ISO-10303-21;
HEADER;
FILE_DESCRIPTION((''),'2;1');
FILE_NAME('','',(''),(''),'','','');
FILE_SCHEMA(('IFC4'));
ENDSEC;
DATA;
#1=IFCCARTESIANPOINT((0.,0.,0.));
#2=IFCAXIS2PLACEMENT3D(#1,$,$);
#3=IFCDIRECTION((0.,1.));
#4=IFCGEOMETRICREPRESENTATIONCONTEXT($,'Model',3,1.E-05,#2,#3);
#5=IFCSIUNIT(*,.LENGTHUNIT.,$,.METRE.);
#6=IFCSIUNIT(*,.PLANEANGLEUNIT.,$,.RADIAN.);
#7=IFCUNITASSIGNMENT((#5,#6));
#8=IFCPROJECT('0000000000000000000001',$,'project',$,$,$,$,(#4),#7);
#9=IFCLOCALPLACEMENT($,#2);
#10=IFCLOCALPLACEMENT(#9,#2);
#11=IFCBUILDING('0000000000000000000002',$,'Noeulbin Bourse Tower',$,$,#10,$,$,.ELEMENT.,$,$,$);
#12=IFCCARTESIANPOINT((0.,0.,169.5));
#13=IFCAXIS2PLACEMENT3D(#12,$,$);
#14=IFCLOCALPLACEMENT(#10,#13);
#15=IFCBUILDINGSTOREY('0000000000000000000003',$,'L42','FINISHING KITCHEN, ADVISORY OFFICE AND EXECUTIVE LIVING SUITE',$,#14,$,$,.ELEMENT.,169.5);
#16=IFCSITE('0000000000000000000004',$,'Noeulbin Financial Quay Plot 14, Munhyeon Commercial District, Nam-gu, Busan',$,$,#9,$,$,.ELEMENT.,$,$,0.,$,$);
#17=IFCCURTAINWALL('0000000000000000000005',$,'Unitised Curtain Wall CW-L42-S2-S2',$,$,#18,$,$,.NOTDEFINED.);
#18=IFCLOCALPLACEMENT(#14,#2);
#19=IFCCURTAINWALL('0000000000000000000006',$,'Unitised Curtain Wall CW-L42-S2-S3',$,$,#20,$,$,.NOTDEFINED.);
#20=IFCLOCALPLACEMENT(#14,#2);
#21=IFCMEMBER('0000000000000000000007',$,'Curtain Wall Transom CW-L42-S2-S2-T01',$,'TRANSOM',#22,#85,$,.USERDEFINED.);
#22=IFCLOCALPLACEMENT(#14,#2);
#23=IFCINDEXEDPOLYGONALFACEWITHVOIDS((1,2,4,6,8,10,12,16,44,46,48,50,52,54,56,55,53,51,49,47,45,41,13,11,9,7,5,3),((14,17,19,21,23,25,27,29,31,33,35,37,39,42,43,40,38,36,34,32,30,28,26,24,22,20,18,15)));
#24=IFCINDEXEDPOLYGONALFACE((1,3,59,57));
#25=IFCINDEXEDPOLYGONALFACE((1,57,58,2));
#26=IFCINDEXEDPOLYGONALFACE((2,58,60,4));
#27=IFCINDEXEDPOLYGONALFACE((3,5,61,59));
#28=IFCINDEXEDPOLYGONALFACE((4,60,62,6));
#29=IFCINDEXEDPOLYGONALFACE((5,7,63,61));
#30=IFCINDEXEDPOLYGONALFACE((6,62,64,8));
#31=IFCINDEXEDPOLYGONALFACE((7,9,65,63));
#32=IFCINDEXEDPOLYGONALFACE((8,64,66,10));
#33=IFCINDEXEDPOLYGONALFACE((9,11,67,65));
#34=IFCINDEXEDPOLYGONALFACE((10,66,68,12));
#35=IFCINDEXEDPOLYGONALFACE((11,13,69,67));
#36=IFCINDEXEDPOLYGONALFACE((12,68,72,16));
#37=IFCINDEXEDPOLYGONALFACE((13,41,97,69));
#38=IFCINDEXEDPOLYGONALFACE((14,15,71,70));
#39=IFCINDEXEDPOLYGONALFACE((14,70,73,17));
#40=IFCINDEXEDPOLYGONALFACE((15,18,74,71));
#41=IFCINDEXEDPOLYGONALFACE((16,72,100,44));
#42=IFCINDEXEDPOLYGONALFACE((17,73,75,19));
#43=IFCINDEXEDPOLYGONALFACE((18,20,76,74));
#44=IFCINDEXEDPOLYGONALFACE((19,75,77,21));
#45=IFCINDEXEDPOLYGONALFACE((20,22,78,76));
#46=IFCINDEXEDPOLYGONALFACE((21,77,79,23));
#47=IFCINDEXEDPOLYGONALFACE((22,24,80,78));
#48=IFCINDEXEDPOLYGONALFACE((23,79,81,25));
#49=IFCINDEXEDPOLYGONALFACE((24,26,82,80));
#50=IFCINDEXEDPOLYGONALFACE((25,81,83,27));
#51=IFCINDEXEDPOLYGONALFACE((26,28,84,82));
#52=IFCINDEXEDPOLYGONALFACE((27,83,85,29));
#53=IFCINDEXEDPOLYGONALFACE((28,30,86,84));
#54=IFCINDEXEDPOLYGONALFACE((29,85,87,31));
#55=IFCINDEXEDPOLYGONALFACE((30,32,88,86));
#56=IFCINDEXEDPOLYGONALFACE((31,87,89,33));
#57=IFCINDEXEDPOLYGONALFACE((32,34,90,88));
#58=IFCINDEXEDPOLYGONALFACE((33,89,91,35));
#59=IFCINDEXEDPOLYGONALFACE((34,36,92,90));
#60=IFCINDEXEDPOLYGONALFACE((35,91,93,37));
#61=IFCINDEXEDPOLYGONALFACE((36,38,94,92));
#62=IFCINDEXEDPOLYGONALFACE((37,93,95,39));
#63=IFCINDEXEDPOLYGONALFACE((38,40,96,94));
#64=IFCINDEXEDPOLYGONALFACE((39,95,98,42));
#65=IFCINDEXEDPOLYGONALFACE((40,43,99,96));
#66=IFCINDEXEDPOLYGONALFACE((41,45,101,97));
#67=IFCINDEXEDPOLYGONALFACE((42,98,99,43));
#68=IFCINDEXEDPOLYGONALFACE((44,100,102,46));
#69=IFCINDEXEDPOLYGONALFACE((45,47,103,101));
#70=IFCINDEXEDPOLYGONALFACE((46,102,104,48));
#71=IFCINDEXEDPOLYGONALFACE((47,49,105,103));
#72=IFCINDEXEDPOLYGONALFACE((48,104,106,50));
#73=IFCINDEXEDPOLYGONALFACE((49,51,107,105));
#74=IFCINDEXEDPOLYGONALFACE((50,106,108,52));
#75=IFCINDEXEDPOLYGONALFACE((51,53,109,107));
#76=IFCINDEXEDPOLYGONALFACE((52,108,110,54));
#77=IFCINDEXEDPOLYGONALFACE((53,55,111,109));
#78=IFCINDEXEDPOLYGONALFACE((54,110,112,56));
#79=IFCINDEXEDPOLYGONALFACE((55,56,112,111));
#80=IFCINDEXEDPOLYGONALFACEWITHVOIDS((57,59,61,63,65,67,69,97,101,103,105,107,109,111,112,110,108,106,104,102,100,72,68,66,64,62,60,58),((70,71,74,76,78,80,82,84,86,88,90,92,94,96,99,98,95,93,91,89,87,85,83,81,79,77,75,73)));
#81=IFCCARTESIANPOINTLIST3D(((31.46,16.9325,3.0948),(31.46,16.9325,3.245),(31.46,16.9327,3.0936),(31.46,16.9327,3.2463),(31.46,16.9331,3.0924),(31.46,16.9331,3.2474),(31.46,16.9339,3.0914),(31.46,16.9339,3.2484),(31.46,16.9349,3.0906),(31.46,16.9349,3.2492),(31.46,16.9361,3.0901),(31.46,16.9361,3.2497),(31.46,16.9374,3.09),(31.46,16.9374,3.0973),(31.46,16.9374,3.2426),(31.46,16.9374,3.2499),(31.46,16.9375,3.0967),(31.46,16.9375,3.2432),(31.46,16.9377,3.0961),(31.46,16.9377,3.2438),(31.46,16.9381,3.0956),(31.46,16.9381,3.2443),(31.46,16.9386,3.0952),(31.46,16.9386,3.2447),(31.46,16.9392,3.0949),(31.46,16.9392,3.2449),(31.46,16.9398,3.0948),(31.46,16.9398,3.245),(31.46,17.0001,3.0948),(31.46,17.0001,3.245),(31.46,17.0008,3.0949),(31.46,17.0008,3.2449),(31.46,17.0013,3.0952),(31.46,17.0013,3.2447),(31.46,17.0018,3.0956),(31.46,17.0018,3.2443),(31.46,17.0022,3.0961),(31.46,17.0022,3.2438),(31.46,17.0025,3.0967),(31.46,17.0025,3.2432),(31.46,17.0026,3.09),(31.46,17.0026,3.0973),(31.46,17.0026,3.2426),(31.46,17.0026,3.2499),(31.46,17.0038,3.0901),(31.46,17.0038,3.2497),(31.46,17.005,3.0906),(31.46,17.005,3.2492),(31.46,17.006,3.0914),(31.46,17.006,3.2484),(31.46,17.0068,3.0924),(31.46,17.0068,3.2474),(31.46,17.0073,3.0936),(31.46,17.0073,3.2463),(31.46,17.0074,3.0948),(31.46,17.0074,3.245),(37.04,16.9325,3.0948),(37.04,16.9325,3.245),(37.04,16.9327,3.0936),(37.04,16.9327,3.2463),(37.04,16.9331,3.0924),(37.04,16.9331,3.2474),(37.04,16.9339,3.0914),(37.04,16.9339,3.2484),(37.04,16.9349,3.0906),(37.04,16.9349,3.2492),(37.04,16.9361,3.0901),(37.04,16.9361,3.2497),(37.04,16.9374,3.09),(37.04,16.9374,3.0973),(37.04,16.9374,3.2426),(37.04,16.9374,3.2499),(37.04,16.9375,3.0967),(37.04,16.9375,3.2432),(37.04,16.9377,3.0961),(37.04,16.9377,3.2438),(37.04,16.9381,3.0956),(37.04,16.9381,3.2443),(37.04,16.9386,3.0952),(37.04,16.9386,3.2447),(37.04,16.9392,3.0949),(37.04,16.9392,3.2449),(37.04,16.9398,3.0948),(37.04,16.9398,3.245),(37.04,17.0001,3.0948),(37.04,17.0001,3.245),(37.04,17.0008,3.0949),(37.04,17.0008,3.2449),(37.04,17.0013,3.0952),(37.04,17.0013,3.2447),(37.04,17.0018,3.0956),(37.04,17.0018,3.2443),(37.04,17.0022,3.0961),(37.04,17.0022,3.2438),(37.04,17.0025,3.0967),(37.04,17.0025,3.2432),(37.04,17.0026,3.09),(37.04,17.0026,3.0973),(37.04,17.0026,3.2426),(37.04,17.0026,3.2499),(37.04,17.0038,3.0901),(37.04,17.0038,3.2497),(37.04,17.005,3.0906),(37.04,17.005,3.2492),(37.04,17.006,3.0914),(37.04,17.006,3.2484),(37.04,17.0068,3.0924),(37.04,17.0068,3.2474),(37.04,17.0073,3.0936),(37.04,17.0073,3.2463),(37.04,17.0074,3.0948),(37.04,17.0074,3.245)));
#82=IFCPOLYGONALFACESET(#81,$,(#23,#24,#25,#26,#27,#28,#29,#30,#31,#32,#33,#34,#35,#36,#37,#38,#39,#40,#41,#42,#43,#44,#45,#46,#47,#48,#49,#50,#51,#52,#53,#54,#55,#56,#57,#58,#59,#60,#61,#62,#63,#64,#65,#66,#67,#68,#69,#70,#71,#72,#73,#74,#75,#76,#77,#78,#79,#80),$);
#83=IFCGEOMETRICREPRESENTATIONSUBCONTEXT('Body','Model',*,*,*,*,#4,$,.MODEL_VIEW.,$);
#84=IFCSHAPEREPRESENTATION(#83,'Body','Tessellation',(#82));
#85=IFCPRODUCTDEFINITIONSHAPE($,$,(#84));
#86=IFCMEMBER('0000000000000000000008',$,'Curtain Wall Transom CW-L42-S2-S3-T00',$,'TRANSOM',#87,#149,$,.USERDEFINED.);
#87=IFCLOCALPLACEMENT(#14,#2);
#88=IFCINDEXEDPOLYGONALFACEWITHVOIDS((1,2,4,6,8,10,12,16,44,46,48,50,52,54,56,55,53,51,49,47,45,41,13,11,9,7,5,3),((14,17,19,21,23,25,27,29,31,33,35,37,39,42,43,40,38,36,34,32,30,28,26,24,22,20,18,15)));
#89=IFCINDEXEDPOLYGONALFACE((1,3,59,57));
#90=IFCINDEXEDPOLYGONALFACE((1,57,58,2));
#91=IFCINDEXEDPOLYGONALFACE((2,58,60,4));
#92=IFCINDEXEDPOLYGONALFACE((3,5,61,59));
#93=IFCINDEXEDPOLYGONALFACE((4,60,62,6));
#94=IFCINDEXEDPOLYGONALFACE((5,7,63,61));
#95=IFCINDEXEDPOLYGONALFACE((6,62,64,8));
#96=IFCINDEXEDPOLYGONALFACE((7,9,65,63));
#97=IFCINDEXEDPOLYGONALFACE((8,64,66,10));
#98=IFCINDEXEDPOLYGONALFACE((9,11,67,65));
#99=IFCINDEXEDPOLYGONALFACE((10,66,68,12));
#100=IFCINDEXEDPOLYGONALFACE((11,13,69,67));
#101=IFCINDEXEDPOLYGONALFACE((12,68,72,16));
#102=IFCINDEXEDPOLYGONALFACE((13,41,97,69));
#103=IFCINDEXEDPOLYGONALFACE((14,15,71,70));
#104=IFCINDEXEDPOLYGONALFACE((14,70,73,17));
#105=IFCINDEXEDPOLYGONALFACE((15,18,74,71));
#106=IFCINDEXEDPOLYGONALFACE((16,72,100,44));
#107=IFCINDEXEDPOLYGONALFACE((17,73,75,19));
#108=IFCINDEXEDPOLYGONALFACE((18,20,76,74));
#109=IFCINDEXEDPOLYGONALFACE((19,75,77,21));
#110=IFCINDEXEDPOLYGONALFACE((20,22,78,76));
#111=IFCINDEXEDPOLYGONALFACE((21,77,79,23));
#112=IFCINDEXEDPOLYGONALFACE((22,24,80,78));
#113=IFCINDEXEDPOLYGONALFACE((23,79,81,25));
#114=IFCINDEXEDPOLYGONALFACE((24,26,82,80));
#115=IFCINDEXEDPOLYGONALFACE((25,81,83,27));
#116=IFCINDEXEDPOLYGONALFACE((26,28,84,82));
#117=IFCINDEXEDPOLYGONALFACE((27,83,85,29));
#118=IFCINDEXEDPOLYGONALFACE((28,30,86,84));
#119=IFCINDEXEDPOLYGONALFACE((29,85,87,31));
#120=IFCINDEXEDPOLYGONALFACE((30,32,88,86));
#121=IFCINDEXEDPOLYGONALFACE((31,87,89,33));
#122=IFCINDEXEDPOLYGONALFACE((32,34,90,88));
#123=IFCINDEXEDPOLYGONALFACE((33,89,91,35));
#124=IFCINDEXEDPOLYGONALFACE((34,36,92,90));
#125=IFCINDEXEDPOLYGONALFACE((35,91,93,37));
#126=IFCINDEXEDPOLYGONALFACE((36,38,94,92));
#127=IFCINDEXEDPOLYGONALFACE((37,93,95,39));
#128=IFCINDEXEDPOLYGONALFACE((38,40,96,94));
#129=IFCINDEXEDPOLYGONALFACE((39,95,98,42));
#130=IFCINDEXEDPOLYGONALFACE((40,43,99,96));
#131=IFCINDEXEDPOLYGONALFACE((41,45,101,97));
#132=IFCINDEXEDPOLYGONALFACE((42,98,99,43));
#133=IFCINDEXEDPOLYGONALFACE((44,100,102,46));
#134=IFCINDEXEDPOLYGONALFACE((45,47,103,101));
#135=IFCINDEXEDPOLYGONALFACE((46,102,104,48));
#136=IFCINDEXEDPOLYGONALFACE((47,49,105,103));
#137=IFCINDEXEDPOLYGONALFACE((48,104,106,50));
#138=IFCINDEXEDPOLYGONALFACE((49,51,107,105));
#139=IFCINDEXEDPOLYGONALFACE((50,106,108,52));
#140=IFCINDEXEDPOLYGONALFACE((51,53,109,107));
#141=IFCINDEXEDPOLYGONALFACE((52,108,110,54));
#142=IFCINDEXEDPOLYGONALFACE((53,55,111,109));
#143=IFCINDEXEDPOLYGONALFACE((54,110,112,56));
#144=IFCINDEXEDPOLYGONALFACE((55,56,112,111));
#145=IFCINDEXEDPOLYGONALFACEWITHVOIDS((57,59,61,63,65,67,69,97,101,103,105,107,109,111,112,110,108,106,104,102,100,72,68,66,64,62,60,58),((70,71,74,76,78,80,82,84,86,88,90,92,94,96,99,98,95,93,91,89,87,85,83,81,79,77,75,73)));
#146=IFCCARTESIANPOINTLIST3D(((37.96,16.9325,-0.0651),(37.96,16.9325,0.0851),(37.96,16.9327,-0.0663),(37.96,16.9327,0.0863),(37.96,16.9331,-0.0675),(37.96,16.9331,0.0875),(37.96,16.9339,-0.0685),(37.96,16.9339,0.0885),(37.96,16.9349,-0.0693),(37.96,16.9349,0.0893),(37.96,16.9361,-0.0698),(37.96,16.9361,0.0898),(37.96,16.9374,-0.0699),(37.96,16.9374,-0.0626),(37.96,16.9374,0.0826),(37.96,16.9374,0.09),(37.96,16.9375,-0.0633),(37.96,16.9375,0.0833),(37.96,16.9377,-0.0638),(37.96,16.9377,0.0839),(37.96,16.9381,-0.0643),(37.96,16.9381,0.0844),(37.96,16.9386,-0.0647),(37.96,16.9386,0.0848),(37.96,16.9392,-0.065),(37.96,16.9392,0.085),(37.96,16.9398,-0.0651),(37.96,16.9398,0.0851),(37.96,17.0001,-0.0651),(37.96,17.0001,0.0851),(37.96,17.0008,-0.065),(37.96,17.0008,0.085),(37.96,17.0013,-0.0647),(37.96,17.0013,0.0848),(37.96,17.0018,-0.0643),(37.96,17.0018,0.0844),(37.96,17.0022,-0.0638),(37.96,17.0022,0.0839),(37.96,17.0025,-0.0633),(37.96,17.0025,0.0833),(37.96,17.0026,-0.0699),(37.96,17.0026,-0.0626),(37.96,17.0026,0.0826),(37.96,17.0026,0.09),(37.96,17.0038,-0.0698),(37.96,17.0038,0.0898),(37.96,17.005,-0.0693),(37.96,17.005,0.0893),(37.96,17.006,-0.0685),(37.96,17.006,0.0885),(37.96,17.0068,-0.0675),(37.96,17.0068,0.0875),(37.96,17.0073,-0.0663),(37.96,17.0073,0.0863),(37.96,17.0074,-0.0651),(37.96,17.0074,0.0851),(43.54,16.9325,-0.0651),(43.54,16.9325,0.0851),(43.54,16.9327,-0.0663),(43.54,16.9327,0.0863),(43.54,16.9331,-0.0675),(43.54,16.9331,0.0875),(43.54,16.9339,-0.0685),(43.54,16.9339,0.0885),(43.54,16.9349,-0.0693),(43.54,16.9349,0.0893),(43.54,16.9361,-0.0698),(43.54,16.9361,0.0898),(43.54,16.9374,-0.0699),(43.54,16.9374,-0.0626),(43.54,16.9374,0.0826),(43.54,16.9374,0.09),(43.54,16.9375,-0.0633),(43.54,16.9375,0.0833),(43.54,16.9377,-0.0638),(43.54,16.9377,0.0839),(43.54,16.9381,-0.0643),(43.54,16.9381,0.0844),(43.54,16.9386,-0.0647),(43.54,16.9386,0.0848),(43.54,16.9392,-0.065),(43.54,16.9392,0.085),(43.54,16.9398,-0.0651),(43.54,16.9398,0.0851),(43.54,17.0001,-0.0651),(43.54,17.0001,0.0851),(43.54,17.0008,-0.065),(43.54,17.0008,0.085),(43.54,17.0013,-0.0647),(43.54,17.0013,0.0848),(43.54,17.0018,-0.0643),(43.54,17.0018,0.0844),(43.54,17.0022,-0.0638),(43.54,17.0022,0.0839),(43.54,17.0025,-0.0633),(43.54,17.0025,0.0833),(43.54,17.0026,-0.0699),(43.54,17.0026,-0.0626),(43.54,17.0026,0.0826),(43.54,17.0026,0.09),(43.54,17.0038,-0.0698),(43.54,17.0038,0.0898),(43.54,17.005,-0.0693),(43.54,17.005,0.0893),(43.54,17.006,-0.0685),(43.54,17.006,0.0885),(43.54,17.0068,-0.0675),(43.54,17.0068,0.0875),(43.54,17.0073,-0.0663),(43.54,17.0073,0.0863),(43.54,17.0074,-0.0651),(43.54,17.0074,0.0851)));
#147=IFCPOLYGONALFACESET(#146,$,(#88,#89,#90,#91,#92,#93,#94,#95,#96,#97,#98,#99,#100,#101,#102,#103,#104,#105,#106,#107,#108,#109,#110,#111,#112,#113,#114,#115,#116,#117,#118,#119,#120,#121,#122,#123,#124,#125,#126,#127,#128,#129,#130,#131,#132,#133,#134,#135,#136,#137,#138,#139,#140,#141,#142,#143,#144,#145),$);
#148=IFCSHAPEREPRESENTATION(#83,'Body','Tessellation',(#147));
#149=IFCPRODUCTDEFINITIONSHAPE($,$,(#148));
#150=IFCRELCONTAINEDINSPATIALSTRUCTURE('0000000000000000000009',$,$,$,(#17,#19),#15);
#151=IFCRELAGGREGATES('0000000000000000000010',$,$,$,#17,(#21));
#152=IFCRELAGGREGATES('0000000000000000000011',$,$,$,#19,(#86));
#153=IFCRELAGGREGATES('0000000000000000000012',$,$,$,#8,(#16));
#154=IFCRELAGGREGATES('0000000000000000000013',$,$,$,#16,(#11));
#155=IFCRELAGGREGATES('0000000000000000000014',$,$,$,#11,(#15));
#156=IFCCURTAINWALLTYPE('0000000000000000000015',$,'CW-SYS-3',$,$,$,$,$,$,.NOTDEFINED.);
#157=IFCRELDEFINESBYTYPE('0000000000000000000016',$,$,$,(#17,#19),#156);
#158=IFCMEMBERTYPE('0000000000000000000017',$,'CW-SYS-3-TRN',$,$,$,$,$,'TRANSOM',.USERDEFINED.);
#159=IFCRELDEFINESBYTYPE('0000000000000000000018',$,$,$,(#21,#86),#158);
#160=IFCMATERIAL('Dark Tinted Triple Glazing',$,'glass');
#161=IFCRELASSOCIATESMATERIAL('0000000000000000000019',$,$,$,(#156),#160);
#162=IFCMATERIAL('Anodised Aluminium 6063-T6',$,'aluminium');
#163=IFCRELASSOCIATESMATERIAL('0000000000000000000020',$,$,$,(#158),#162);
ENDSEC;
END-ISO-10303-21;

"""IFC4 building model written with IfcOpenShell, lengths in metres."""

from ifc_helpers import new_model, si_unit, direction, frame, origin, origin_2d, place, context, subcontext, project, spatial, hollow_rectangle, extrude, material, material_profile, profile_set, type_object, element, aggregate, save


model = new_model("IFC4")

# Units and contexts
model_context = context("Model", 3, precision=1e-05, world=origin(), true_north=direction((0.0, 1.0)))
body_context = subcontext(model_context, "Body", "Model", "MODEL_VIEW")
ifc_project = project(units=[si_unit("LENGTHUNIT", "METRE"), si_unit("PLANEANGLEUNIT", "RADIAN")], contexts=[model_context])

# Site, building, storey
site_placement = place(None, origin())
site = spatial("IfcSite", under=ifc_project, at=site_placement, Name="Noeulbin Financial Quay Plot 14, Munhyeon Commercial District, Nam-gu, Busan", CompositionType="ELEMENT", RefElevation=0.0)
building_placement = place(site_placement, origin())
building = spatial("IfcBuilding", under=site, at=building_placement, Name="Noeulbin Bourse Tower", CompositionType="ELEMENT")
storey_placement = place(building_placement, frame((0.0, 0.0, 169.5)))
storey = spatial("IfcBuildingStorey", under=building, at=storey_placement, Name="L42", Description="FINISHING KITCHEN, ADVISORY OFFICE AND EXECUTIVE LIVING SUITE", CompositionType="ELEMENT", Elevation=169.5)

# Curtain wall
ifc_material_1 = material(Name="Dark Tinted Triple Glazing", Category="glass")
curtain_wall_type = type_object("IfcCurtainWallType", Name="CW-SYS-3", PredefinedType="NOTDEFINED", material=ifc_material_1)
curtain_wall_1_placement = place(storey_placement, origin())
curtain_wall_1 = element("IfcCurtainWall", 1, at=curtain_wall_1_placement, inside=storey, type_object=curtain_wall_type, Name="Unitised Curtain Wall CW-L42-S2-S2", PredefinedType="NOTDEFINED")
ifc_material_2 = material(Name="Anodised Aluminium 6063-T6", Category="aluminium")

# Curtain wall
curtain_wall_2_placement = place(storey_placement, origin())
curtain_wall_2 = element("IfcCurtainWall", 2, at=curtain_wall_2_placement, inside=storey, type_object=curtain_wall_type, Name="Unitised Curtain Wall CW-L42-S2-S3", PredefinedType="NOTDEFINED")

# Members
ifc_material_profile_1 = material_profile(ifc_material_2, hollow_rectangle(XDim=0.075, YDim=0.1599, WallThickness=0.0049, InnerFilletRadius=0.0024, OuterFilletRadius=0.0049, at=origin_2d()), Name="ALU-TRAN-75x160x5", Category="LoadBearing")
ifc_profile_set_1 = profile_set([ifc_material_profile_1], Name="Anodised Aluminium 6063-T6")
member_type_1 = type_object("IfcMemberType", Name="CW-SYS-3-TRN", ElementType="TRANSOM", PredefinedType="USERDEFINED", material=ifc_profile_set_1)
member_1_placement = place(storey_placement, frame((31.46, 16.97, 3.1699), z_axis=(1.0, 0.0, 0.0), x_axis=(0.0, 1.0, 0.0)))
member_1 = element("IfcMember", 3, at=member_1_placement, type_object=member_type_1, Name="Curtain Wall Transom CW-L42-S2-S2-T01", ObjectType="TRANSOM", PredefinedType="USERDEFINED", context=body_context, shape_type="SweptSolid", body=[
    extrude(hollow_rectangle(XDim=0.075, YDim=0.1599, WallThickness=0.0049, InnerFilletRadius=0.0024, OuterFilletRadius=0.0049, at=origin_2d()), origin(), (0.0, 0.0, 1.0), 5.5801),
])
member_2_placement = place(storey_placement, frame((37.96, 16.97, 0.01), z_axis=(1.0, 0.0, 0.0), x_axis=(0.0, 1.0, 0.0)))
member_2 = element("IfcMember", 4, at=member_2_placement, type_object=member_type_1, Name="Curtain Wall Transom CW-L42-S2-S3-T00", ObjectType="TRANSOM", PredefinedType="USERDEFINED", context=body_context, shape_type="SweptSolid", body=[
    extrude(hollow_rectangle(XDim=0.075, YDim=0.1599, WallThickness=0.0049, InnerFilletRadius=0.0024, OuterFilletRadius=0.0049, at=origin_2d()), origin(), (0.0, 0.0, 1.0), 5.5801),
])

aggregate(curtain_wall_1, [member_1])
aggregate(curtain_wall_2, [member_2])

save(model, "model.ifc")
